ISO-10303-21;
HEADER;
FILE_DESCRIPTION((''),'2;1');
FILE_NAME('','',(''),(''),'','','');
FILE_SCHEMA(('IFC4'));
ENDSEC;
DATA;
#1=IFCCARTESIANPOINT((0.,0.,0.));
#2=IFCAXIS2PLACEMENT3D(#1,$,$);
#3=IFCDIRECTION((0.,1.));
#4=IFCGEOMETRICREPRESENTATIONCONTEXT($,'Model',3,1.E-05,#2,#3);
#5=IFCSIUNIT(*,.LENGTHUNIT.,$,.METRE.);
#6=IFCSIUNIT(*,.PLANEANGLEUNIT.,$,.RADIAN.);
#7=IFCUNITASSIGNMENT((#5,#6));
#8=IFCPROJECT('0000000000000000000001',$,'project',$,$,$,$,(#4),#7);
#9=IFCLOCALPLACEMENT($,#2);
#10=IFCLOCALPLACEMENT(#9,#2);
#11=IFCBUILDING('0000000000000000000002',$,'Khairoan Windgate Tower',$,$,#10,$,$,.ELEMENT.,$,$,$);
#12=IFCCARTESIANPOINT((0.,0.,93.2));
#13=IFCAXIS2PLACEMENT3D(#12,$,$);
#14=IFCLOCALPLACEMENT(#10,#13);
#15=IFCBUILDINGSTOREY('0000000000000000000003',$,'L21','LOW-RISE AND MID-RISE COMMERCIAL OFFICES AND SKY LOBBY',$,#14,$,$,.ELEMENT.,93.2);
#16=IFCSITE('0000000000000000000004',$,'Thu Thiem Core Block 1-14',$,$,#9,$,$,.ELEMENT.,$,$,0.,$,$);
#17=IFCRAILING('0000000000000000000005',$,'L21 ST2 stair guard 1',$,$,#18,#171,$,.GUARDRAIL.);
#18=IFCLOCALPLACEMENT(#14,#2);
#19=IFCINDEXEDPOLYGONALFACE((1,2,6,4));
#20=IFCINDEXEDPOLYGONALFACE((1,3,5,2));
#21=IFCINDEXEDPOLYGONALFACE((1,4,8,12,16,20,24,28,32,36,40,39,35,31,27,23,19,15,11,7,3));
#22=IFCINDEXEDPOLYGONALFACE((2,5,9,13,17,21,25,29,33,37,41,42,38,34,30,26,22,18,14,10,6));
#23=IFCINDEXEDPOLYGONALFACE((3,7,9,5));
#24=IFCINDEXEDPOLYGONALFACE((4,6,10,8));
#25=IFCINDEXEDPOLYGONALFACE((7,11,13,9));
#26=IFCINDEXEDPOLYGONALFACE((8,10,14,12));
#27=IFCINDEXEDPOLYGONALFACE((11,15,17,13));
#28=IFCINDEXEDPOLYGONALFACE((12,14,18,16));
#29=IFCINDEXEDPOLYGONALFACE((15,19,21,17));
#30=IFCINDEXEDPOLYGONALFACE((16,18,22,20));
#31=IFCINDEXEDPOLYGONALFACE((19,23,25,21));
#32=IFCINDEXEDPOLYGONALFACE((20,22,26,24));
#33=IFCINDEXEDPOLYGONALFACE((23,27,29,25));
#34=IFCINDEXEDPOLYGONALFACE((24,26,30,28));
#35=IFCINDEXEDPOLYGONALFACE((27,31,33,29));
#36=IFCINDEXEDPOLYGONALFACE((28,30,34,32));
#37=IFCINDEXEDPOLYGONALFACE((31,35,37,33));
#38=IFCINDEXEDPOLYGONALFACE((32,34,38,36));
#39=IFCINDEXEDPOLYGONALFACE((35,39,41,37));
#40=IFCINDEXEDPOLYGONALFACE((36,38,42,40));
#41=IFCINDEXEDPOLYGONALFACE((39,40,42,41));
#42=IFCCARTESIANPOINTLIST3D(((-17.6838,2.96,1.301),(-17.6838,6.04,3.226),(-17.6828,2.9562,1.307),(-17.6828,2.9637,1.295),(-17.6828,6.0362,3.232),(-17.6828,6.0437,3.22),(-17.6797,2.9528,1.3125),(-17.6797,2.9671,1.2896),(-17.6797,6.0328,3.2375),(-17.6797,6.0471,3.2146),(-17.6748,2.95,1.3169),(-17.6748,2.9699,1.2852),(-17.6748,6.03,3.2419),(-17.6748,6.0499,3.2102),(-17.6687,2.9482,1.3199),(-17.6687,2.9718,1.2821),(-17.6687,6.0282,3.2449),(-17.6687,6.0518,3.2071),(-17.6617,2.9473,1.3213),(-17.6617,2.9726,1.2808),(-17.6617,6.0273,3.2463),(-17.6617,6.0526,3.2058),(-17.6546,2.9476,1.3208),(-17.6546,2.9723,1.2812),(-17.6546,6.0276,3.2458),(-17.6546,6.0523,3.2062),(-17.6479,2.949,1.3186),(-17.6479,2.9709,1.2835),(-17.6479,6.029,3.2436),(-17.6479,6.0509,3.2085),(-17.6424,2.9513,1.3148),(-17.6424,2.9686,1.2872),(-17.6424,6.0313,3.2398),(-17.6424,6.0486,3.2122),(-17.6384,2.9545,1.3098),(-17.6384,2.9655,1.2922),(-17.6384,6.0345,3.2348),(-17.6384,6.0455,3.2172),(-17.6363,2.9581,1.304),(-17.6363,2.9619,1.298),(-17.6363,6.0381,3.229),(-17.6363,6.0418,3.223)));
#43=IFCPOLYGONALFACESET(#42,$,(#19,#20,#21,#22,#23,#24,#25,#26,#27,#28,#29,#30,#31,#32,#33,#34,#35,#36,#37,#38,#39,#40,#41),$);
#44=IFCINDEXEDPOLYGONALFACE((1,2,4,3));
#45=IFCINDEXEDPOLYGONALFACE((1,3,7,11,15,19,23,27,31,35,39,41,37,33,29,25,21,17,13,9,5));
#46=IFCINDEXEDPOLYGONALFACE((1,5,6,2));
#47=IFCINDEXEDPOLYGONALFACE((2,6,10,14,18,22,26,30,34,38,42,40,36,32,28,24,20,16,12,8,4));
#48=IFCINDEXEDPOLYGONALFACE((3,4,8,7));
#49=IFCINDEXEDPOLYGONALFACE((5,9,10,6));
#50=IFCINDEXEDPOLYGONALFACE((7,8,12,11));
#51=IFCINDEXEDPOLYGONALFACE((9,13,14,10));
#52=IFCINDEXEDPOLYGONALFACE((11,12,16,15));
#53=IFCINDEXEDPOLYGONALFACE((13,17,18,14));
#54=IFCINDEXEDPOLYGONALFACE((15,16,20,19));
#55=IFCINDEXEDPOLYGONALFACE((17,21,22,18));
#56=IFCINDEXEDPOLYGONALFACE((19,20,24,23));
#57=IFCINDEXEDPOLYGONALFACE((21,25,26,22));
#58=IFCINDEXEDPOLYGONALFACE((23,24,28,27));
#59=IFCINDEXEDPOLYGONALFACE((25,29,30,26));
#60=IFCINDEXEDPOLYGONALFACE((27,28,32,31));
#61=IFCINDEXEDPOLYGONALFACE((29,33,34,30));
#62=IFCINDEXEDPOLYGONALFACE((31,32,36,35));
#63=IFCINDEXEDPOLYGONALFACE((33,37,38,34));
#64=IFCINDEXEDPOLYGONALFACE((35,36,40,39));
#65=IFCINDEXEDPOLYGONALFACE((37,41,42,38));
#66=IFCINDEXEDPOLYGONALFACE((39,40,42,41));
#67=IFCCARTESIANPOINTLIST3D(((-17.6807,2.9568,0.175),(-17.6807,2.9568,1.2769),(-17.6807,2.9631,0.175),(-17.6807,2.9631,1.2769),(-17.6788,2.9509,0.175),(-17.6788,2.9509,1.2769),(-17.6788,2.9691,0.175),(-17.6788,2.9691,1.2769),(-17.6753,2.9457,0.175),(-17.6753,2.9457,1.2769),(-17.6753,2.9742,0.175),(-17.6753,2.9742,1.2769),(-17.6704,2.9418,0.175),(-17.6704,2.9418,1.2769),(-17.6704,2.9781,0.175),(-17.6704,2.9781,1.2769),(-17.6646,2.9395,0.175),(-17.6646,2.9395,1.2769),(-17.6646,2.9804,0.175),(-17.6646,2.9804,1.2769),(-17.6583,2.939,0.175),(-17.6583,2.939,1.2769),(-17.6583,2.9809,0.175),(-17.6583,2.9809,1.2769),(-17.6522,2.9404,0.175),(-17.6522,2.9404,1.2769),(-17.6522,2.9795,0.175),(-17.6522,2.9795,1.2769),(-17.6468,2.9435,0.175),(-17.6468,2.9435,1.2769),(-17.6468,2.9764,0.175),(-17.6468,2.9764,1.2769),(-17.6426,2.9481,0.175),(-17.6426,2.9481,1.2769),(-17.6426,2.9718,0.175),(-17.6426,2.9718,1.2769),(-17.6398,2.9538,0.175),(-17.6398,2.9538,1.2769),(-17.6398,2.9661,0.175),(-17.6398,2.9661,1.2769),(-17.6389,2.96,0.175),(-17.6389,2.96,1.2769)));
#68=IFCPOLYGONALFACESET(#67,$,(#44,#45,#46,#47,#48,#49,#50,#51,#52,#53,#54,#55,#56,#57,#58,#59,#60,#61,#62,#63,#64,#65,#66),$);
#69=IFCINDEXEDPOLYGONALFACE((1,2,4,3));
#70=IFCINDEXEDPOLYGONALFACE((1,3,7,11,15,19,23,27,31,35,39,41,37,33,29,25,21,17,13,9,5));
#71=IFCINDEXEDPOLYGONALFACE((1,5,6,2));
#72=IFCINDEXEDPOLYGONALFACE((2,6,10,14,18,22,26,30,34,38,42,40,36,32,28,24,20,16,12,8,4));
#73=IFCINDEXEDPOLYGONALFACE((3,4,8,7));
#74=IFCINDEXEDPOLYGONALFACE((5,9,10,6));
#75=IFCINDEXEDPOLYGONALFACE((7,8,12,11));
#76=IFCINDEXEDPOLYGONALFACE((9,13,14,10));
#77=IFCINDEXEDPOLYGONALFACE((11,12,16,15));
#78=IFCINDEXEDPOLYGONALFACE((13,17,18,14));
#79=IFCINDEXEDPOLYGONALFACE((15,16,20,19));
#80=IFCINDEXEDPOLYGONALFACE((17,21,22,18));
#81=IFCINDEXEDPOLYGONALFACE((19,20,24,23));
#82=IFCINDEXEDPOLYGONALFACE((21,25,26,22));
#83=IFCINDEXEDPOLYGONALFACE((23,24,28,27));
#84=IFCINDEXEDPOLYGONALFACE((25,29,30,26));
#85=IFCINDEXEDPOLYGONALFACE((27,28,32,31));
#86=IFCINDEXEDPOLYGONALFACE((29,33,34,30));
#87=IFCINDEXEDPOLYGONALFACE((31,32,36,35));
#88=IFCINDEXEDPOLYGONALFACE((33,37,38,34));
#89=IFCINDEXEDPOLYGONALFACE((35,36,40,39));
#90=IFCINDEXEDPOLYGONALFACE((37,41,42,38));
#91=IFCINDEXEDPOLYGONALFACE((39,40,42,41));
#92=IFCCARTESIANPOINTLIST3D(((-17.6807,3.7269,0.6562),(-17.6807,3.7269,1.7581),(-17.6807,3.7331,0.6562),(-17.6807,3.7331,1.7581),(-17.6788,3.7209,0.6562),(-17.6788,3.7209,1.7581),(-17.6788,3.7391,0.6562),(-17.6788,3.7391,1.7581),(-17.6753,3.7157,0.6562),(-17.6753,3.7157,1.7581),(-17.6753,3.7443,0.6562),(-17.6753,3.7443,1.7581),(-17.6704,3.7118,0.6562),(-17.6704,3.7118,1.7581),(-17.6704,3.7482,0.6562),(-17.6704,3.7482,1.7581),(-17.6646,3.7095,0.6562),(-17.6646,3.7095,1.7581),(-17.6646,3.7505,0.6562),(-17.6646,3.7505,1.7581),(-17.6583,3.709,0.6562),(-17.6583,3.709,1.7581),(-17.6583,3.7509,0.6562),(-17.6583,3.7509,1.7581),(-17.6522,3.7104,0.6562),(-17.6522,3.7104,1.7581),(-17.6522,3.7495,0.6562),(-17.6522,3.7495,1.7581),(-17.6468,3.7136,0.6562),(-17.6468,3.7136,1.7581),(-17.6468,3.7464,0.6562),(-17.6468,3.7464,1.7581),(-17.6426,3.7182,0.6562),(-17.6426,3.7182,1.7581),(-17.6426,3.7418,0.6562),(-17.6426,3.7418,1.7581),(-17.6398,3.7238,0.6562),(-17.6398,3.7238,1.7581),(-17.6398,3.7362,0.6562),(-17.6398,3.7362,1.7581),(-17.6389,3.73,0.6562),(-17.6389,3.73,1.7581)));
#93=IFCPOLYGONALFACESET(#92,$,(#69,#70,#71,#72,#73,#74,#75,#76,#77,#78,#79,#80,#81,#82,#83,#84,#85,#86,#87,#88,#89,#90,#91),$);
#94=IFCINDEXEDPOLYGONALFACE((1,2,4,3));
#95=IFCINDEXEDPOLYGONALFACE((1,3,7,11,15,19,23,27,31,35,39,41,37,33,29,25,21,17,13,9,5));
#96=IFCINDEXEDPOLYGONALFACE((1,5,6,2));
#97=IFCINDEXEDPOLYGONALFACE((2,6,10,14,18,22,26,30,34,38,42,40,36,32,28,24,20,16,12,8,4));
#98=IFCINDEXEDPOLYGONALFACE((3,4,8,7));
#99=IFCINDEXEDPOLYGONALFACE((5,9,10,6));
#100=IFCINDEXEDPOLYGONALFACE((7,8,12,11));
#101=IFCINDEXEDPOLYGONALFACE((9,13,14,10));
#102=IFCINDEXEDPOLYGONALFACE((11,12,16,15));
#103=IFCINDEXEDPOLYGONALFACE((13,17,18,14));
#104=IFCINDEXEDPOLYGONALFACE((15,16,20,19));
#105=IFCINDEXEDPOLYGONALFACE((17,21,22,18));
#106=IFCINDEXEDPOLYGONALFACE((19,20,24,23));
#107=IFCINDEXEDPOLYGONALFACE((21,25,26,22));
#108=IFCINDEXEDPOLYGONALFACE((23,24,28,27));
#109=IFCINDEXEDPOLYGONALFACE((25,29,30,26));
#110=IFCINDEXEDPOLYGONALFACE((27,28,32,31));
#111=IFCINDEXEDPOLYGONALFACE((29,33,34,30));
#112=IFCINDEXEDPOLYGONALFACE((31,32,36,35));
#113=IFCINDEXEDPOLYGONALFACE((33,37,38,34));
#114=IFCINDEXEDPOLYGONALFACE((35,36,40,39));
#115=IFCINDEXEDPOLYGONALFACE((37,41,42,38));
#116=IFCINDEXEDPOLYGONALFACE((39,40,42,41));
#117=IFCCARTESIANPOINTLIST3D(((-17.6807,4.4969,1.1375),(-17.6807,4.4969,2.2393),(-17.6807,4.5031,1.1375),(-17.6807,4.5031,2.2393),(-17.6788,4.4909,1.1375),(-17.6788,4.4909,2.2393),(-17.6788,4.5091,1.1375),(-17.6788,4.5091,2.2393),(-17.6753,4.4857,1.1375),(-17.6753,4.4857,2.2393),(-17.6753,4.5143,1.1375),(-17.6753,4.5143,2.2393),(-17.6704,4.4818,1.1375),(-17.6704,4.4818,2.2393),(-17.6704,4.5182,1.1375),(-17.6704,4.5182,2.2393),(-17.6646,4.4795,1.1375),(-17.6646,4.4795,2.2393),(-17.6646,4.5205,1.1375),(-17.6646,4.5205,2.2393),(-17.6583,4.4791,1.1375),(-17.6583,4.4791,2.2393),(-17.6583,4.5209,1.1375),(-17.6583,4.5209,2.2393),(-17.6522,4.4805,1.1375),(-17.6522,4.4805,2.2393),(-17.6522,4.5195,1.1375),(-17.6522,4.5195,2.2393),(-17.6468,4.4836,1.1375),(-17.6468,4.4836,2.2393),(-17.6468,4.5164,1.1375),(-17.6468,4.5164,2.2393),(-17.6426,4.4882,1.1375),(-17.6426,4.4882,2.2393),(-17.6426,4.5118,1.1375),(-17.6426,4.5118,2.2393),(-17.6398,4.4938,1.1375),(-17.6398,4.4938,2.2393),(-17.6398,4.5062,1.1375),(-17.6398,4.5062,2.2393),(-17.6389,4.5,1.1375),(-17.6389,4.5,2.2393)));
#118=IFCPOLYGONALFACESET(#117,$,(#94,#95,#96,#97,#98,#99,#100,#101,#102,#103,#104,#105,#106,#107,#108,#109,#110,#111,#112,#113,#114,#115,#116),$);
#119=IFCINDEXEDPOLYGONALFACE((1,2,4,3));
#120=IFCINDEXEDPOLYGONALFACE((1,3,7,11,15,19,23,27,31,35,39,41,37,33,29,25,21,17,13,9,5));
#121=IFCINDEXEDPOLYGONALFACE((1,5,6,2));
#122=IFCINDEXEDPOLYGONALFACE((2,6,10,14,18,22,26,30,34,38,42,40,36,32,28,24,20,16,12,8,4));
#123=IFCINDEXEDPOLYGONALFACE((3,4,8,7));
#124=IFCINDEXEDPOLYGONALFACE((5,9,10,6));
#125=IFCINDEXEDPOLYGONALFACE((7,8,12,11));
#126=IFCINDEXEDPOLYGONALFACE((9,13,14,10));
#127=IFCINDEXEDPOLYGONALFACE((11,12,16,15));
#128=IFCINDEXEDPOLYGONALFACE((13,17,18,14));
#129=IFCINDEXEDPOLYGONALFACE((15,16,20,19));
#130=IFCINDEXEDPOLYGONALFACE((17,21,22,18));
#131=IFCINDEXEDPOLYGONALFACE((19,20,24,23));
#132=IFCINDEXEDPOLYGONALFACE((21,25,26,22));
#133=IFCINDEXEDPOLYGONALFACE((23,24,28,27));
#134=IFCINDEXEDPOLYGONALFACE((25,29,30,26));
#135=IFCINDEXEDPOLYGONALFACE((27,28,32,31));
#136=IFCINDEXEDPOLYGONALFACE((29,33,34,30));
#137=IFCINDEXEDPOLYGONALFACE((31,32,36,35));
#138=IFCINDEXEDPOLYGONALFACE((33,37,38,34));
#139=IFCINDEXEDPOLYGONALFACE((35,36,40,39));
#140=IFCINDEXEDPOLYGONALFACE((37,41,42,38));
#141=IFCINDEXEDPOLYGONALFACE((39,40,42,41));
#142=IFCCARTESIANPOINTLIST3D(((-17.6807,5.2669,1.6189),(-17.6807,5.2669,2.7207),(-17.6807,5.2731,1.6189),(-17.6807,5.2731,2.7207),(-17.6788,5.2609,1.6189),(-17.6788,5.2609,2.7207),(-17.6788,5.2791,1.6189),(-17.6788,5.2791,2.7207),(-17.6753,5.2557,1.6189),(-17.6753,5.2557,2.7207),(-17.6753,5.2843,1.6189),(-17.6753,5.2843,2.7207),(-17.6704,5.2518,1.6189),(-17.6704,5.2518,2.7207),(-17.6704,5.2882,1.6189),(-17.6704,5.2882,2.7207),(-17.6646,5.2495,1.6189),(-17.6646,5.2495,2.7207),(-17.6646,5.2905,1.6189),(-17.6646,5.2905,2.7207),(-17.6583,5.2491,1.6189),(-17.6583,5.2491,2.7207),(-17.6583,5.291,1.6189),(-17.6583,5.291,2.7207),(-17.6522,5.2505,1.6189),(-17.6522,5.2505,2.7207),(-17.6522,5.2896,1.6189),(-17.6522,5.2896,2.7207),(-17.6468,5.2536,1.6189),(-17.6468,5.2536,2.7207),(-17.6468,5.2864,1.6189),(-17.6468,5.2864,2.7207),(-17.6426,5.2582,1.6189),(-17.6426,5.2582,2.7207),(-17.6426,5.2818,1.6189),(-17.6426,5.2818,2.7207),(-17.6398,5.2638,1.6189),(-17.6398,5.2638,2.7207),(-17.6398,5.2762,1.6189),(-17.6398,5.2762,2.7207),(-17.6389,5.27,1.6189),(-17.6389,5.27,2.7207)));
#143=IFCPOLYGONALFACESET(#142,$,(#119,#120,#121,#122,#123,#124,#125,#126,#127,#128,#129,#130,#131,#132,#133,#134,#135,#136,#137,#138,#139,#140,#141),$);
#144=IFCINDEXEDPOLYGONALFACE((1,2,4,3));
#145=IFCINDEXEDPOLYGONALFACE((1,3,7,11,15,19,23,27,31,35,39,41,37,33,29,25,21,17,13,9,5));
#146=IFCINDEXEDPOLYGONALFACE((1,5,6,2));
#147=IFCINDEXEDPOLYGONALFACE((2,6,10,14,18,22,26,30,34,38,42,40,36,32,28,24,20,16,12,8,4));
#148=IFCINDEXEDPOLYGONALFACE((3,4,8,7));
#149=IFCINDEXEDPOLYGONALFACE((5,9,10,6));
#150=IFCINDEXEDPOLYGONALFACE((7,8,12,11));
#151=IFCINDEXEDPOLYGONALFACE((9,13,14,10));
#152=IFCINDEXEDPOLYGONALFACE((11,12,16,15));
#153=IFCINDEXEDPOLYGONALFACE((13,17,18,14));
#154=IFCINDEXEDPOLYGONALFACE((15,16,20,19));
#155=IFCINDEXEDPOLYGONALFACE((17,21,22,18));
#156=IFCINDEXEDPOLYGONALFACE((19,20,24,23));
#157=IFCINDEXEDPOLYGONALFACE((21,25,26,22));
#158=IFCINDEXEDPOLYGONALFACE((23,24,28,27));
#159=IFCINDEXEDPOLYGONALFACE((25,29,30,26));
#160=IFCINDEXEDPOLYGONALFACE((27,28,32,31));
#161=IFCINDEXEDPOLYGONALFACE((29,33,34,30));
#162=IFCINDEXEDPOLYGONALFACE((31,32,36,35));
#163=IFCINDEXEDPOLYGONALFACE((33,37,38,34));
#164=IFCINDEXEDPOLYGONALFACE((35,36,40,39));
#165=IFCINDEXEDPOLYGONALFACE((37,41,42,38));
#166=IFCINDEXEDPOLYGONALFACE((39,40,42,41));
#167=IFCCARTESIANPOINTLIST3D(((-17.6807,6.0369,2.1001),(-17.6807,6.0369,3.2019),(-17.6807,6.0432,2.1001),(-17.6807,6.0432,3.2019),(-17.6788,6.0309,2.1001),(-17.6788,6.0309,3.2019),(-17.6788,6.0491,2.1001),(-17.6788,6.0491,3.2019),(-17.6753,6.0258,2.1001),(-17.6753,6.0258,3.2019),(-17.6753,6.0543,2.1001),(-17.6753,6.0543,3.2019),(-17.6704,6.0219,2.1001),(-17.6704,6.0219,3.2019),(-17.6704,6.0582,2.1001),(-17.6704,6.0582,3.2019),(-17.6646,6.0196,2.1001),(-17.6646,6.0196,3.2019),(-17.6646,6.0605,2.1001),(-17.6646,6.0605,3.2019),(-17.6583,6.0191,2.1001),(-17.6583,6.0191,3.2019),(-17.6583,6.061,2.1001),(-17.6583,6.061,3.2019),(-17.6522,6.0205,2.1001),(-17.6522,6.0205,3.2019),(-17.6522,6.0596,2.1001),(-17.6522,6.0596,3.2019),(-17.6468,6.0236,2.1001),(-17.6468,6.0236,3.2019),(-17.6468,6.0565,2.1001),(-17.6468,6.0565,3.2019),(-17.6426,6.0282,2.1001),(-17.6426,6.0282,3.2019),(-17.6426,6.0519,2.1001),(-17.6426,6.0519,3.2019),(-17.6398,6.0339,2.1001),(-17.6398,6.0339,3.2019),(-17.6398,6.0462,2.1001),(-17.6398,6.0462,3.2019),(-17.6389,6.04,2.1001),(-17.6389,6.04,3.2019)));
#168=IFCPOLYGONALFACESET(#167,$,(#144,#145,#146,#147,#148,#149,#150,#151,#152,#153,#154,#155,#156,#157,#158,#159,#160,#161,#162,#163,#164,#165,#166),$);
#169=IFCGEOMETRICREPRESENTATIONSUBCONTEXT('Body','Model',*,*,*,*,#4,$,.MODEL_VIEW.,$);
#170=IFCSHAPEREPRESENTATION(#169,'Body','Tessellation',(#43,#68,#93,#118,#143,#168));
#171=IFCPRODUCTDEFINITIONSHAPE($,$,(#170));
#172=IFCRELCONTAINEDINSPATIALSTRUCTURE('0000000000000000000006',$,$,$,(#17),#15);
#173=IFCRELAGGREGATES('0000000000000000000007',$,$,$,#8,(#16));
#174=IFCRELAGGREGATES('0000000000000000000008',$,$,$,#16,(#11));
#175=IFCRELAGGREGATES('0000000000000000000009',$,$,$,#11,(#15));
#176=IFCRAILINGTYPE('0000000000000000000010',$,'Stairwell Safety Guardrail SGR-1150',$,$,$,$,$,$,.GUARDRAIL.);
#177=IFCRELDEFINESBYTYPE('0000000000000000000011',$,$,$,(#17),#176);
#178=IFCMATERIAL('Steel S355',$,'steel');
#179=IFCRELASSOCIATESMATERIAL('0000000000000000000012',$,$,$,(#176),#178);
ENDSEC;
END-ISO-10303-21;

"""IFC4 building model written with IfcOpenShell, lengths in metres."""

from ifc_helpers import new_model, si_unit, direction, frame, origin, origin_2d, place, context, subcontext, project, spatial, circle, extrude, material, type_object, element, save


model = new_model("IFC4")

# Units and contexts
model_context = context("Model", 3, precision=1e-05, world=origin(), true_north=direction((0.0, 1.0)))
body_context = subcontext(model_context, "Body", "Model", "MODEL_VIEW")
ifc_project = project(units=[si_unit("LENGTHUNIT", "METRE"), si_unit("PLANEANGLEUNIT", "RADIAN")], contexts=[model_context])

# Site, building, storey
site_placement = place(None, origin())
site = spatial("IfcSite", under=ifc_project, at=site_placement, Name="Thu Thiem Core Block 1-14", CompositionType="ELEMENT", RefElevation=0.0)
building_placement = place(site_placement, origin())
building = spatial("IfcBuilding", under=site, at=building_placement, Name="Khairoan Windgate Tower", CompositionType="ELEMENT")
storey_placement = place(building_placement, frame((0.0, 0.0, 93.2)))
storey = spatial("IfcBuildingStorey", under=building, at=storey_placement, Name="L21", Description="LOW-RISE AND MID-RISE COMMERCIAL OFFICES AND SKY LOBBY", CompositionType="ELEMENT", Elevation=93.2)

# Railing
ifc_material_1 = material(Name="Steel S355", Category="steel")
railing_type_1 = type_object("IfcRailingType", Name="Stairwell Safety Guardrail SGR-1150", PredefinedType="GUARDRAIL", material=ifc_material_1)
railing_1_placement = place(storey_placement, frame((-17.6599, 2.96, 0.175)))
element("IfcRailing", 1, at=railing_1_placement, inside=storey, type_object=railing_type_1, Name="L21 ST2 stair guard 1", PredefinedType="GUARDRAIL", context=body_context, shape_type="SweptSolid", body=[
    extrude(circle(Radius=0.0239, at=origin_2d()), frame((0.0, 0.0, 1.126), z_axis=(0.0, 0.847998, 0.529999), x_axis=(-1.0, 0.0, 0.0)), (0.0, 0.0, 1.0), 3.6321),
    extrude(circle(Radius=0.021, at=origin_2d()), origin(), (0.0, 0.0, 1.0), 1.1018),
    extrude(circle(Radius=0.021, at=origin_2d()), frame((0.0, 0.77, 0.4812)), (0.0, 0.0, 1.0), 1.1018),
    extrude(circle(Radius=0.021, at=origin_2d()), frame((0.0, 1.54, 0.9624)), (0.0, 0.0, 1.0), 1.1018),
    extrude(circle(Radius=0.021, at=origin_2d()), frame((0.0, 2.3101, 1.4438)), (0.0, 0.0, 1.0), 1.1018),
    extrude(circle(Radius=0.021, at=origin_2d()), frame((0.0, 3.0801, 1.925)), (0.0, 0.0, 1.0), 1.1018),
])

save(model, "model.ifc")
